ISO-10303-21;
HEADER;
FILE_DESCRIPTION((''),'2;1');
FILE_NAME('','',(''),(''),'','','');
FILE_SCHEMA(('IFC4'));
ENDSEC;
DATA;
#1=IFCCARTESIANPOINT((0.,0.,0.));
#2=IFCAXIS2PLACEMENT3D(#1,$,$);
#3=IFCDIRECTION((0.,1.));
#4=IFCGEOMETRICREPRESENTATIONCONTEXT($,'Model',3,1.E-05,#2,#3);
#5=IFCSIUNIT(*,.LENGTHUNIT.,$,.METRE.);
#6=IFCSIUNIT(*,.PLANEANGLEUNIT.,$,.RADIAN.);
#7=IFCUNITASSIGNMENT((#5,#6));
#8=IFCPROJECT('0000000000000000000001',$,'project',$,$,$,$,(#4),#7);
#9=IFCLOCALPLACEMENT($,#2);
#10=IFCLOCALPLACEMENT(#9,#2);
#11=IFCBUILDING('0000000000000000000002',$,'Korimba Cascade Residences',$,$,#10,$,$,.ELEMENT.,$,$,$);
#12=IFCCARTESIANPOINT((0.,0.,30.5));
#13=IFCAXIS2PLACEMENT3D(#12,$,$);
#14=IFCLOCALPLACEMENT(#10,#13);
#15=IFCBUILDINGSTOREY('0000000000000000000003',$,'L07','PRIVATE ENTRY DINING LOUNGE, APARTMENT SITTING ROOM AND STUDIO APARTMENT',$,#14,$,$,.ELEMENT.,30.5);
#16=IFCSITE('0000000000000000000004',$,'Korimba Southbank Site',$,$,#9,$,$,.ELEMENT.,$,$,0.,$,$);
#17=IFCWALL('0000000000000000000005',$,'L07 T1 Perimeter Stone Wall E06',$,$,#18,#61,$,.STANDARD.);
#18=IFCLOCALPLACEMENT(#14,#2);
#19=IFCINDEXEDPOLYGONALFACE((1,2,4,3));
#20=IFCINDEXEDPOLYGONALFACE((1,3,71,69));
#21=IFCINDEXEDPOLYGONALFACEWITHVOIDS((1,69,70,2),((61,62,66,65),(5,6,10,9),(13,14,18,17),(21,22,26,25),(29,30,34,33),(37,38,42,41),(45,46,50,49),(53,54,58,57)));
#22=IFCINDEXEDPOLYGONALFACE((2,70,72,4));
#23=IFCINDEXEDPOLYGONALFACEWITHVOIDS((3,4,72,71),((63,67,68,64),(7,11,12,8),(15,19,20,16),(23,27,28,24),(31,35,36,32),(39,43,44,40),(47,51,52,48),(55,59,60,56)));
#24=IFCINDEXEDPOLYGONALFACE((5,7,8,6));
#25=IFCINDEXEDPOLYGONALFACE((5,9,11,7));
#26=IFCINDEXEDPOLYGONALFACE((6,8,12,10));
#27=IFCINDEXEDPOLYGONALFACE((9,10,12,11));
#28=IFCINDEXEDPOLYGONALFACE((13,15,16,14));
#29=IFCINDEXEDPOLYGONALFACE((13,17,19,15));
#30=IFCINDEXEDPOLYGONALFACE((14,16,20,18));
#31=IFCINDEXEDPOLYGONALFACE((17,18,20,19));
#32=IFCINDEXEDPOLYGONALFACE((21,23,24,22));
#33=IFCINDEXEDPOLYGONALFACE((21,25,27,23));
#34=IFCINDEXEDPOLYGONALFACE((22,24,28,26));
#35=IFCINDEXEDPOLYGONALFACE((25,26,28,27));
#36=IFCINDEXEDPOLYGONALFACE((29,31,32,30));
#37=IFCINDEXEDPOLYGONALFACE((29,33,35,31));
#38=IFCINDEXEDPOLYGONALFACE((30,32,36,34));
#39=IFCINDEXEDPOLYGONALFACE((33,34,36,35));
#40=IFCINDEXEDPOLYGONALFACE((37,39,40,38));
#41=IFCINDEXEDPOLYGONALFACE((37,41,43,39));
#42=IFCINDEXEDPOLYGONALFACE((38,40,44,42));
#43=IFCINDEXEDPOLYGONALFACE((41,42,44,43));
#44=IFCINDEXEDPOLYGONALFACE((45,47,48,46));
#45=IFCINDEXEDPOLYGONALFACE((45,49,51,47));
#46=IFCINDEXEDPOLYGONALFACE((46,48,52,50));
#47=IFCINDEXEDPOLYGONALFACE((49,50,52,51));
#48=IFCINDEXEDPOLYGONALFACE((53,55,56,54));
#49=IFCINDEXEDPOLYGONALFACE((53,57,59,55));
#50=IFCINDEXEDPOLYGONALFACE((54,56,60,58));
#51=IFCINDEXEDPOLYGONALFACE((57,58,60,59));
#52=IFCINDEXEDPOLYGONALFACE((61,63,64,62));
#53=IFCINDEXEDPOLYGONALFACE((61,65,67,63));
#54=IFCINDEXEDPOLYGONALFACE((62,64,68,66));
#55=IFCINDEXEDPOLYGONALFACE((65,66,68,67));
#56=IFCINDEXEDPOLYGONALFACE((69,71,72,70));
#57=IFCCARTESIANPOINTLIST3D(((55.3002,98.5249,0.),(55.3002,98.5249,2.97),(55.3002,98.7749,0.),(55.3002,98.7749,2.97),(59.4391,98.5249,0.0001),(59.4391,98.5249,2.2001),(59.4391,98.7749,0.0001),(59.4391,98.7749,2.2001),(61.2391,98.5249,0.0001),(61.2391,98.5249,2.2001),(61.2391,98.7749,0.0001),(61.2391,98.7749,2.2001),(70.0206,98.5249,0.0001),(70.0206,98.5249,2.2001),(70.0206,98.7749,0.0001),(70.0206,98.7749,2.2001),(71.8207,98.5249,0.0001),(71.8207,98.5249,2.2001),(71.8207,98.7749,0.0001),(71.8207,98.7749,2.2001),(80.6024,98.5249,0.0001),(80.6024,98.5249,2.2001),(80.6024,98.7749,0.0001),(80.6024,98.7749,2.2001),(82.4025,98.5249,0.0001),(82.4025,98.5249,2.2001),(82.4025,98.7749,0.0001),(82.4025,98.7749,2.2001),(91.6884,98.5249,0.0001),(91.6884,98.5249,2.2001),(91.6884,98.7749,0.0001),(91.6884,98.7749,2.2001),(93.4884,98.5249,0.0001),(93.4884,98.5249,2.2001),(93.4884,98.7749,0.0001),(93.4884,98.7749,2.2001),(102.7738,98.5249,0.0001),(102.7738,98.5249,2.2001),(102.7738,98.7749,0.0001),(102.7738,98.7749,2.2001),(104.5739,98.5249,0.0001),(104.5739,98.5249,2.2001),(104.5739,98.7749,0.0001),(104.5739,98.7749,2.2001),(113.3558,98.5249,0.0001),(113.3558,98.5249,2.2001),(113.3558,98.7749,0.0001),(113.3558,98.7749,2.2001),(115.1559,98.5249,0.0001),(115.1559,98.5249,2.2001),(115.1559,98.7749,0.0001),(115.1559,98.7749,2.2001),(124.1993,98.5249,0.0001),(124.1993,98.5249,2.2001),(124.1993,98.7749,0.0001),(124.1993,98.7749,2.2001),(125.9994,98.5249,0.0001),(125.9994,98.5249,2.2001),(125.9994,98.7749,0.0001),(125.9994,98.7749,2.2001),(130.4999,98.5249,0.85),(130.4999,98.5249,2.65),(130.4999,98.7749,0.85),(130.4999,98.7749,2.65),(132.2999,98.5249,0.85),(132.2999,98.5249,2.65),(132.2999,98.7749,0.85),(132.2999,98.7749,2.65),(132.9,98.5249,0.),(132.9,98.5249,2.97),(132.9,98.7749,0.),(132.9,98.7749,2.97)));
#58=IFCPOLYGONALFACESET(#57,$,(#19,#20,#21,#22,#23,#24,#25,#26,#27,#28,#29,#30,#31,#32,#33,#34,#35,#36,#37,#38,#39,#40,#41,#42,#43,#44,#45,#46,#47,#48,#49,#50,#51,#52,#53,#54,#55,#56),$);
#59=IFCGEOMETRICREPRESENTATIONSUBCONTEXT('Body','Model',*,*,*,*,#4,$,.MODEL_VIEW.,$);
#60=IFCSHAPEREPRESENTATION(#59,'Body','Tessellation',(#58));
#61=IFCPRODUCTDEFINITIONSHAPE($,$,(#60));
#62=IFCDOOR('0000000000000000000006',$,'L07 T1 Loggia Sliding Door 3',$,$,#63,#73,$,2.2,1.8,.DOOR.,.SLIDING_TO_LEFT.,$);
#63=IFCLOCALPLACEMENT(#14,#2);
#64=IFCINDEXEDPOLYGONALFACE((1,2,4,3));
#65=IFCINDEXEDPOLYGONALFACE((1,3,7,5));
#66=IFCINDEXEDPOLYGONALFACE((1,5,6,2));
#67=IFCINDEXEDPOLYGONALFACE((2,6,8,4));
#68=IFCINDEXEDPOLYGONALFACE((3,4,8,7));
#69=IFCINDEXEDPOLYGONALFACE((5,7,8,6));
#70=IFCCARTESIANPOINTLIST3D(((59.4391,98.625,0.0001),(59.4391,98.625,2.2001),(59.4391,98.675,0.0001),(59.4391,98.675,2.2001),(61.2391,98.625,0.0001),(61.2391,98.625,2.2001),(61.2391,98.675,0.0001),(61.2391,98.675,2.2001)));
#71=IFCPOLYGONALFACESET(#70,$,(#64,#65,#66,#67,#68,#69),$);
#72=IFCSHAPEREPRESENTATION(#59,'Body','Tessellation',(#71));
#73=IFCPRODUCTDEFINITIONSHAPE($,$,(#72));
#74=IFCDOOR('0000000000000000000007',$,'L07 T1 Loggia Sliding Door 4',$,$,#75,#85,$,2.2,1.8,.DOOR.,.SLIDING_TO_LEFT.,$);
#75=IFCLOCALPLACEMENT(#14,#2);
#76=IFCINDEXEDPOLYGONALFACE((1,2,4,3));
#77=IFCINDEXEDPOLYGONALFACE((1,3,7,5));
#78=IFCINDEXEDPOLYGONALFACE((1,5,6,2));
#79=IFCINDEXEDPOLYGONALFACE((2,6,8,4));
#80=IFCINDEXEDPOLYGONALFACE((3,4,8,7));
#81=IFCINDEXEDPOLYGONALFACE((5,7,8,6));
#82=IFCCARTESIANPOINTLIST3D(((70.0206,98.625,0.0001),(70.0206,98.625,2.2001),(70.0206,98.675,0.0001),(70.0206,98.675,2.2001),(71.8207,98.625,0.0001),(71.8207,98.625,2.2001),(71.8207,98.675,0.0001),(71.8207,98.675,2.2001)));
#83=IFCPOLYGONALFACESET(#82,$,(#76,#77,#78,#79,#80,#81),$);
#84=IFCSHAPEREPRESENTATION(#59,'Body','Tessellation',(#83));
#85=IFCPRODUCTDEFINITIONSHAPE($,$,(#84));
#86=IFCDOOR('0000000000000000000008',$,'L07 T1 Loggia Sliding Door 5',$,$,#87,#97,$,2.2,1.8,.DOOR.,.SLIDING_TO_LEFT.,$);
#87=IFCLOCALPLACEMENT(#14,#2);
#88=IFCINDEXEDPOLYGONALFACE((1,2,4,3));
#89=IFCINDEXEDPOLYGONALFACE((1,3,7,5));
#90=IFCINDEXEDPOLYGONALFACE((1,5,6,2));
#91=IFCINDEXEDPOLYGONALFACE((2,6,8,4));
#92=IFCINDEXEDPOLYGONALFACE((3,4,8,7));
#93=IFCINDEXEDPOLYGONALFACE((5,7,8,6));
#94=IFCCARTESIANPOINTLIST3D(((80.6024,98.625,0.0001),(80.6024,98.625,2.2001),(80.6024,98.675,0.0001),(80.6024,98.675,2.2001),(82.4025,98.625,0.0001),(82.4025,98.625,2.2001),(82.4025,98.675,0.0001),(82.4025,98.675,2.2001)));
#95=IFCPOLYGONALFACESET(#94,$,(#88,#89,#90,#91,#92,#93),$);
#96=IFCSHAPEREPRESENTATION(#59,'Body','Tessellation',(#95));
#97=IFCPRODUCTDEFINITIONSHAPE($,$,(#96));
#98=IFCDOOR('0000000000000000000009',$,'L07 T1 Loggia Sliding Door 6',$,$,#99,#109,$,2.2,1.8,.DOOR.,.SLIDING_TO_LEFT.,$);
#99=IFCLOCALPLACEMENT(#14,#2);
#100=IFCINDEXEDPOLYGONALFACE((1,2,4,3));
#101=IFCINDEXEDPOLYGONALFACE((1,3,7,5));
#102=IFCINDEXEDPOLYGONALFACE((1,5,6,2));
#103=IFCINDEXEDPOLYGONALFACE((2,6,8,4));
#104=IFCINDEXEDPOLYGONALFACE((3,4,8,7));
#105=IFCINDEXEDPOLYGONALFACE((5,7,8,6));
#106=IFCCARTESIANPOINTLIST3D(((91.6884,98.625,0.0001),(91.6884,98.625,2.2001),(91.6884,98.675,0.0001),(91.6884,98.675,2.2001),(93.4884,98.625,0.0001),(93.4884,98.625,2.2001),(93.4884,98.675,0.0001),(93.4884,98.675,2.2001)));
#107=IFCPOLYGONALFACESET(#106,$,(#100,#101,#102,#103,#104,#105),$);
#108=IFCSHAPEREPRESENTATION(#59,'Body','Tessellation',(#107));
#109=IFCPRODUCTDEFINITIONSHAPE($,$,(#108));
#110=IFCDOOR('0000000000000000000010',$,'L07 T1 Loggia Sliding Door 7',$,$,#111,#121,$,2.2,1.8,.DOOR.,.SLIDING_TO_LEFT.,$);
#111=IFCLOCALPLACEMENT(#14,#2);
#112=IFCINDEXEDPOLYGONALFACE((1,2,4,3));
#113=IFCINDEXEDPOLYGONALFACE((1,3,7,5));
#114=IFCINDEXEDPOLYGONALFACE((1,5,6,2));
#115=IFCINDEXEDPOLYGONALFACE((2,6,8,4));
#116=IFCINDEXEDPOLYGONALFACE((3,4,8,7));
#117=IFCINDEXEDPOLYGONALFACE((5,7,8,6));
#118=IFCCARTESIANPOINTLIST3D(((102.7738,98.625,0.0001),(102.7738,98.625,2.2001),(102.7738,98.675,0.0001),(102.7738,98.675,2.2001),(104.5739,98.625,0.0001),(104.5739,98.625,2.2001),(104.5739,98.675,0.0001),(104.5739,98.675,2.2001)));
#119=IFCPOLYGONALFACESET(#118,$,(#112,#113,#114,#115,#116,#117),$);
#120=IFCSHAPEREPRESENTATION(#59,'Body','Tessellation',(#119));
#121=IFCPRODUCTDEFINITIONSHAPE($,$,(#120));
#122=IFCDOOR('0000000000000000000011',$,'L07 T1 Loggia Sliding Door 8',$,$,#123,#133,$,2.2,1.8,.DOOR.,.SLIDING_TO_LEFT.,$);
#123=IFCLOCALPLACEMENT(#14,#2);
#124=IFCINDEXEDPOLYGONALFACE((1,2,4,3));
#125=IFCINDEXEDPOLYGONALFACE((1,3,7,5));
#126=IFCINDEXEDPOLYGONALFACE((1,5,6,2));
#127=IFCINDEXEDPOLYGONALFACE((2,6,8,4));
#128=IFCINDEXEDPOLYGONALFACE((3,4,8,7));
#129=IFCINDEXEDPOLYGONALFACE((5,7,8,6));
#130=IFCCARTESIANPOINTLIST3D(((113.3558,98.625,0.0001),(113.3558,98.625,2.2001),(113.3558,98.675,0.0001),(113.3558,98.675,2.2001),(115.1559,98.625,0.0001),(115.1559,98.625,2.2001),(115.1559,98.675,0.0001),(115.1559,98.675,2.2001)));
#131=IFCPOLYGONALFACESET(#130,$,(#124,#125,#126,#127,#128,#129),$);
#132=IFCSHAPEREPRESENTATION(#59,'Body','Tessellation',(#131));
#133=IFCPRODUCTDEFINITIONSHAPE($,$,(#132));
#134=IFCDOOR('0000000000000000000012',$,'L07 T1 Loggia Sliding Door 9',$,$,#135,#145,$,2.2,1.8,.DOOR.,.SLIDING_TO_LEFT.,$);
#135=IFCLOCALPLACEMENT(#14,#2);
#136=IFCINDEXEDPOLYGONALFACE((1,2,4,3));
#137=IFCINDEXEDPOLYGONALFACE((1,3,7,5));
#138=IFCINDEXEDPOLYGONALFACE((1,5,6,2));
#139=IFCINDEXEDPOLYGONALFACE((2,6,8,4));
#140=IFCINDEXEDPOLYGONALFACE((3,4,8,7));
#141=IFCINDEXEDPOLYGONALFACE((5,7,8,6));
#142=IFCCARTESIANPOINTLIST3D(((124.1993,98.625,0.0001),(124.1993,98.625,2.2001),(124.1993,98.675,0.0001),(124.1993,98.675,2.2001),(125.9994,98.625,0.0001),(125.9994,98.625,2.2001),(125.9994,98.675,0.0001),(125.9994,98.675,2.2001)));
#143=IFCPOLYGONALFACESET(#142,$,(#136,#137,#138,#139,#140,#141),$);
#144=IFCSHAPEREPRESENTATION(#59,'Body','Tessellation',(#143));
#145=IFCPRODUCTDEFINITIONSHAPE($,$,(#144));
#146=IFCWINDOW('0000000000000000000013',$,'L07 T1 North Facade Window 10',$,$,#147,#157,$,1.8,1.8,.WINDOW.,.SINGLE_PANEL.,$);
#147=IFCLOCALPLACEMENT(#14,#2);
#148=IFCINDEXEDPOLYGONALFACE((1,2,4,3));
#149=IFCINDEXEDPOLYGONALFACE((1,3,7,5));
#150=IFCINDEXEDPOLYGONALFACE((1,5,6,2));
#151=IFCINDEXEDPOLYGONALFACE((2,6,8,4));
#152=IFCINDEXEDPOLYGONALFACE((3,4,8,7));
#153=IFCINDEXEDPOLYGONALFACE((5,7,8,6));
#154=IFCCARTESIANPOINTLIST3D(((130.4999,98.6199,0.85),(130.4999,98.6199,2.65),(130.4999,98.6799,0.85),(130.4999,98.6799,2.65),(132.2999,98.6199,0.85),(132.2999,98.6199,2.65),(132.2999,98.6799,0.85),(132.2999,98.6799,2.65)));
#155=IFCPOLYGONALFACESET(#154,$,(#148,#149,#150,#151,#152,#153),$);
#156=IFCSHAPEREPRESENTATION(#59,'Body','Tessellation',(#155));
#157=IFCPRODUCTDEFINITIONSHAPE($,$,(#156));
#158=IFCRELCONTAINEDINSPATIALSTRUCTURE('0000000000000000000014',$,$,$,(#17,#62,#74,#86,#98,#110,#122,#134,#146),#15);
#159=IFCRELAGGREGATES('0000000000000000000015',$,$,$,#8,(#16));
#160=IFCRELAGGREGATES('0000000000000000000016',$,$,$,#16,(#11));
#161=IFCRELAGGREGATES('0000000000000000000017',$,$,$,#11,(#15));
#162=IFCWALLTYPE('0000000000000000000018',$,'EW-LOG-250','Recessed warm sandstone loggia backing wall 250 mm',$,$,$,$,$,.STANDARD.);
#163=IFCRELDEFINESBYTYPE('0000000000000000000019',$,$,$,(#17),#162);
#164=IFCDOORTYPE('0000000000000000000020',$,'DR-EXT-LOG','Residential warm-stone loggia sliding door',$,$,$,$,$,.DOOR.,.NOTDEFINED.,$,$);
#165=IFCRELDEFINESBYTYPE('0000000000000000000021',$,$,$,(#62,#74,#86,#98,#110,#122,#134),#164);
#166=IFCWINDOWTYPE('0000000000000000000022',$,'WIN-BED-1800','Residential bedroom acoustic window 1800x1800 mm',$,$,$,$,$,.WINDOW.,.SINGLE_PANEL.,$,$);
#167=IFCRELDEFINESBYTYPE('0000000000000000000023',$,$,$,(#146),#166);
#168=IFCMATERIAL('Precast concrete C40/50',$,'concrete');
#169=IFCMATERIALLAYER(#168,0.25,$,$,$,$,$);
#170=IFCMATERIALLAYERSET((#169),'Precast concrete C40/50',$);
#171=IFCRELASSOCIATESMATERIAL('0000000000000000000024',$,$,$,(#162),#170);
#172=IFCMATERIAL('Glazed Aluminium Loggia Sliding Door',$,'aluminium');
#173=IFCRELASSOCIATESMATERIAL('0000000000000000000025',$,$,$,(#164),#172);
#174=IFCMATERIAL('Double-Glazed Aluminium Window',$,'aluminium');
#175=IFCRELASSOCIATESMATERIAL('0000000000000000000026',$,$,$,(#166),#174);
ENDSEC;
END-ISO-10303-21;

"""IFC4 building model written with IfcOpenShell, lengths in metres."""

from ifc_helpers import new_model, si_unit, direction, frame, frame_2d, origin, place, context, subcontext, project, spatial, rectangle, extrude, material, layer, layer_set, type_object, element, fill, save


model = new_model("IFC4")

# Units and contexts
model_context = context("Model", 3, precision=1e-05, world=origin(), true_north=direction((0.0, 1.0)))
body_context = subcontext(model_context, "Body", "Model", "MODEL_VIEW")
ifc_project = project(units=[si_unit("LENGTHUNIT", "METRE"), si_unit("PLANEANGLEUNIT", "RADIAN")], contexts=[model_context])

# Site, building, storey
site_placement = place(None, origin())
site = spatial("IfcSite", under=ifc_project, at=site_placement, Name="Korimba Southbank Site", CompositionType="ELEMENT", RefElevation=0.0)
building_placement = place(site_placement, origin())
building = spatial("IfcBuilding", under=site, at=building_placement, Name="Korimba Cascade Residences", CompositionType="ELEMENT")
storey_placement = place(building_placement, frame((0.0, 0.0, 30.5)))
storey = spatial("IfcBuildingStorey", under=building, at=storey_placement, Name="L07", Description="PRIVATE ENTRY DINING LOUNGE, APARTMENT SITTING ROOM AND STUDIO APARTMENT", CompositionType="ELEMENT", Elevation=30.5)

# Wall, openings, doors, window
ifc_material_1 = material(Name="Precast concrete C40/50", Category="concrete")
ifc_layer_1 = layer(ifc_material_1, 0.25)
ifc_layer_set_1 = layer_set([ifc_layer_1], Name="Precast concrete C40/50")
wall_type_1 = type_object("IfcWallType", Name="EW-LOG-250", Description="Recessed warm sandstone loggia backing wall 250 mm", PredefinedType="STANDARD", material=ifc_layer_set_1)
wall_1_placement = place(storey_placement, frame((132.8999, 98.6499, 0.0), z_axis=(0.0, 0.0, 1.0), x_axis=(-1.0, 0.0, 0.0)))
wall_1 = element("IfcWall", 1, at=wall_1_placement, inside=storey, type_object=wall_type_1, Name="L07 T1 Perimeter Stone Wall E06", PredefinedType="STANDARD", context=body_context, shape_type="SweptSolid", body=[
    extrude(rectangle(XDim=77.5999, YDim=0.25, at=frame_2d((38.7998, 0.0))), origin(), (0.0, 0.0, 1.0), 2.97),
])
opening_1_placement = place(wall_1_placement, frame((71.6609, 0.0, 0.0)))
opening_1 = element("IfcOpeningElement", 2, at=opening_1_placement, cuts=wall_1, PredefinedType="OPENING", context=body_context, shape_type="SweptSolid", body=[
    extrude(rectangle(XDim=1.8, YDim=2.2, at=frame_2d((0.8999, 1.1001))), frame((0.0, 0.135, 0.0), z_axis=(0.0, -1.0, 0.0), x_axis=(1.0, 0.0, 0.0)), (0.0, 0.0, 1.0), 0.27),
])
opening_2_placement = place(wall_1_placement, frame((61.0793, 0.0, 0.0)))
opening_2 = element("IfcOpeningElement", 3, at=opening_2_placement, cuts=wall_1, PredefinedType="OPENING", context=body_context, shape_type="SweptSolid", body=[
    extrude(rectangle(XDim=1.8, YDim=2.2, at=frame_2d((0.8999, 1.1001))), frame((0.0, 0.135, 0.0), z_axis=(0.0, -1.0, 0.0), x_axis=(1.0, 0.0, 0.0)), (0.0, 0.0, 1.0), 0.27),
])
opening_3_placement = place(wall_1_placement, frame((50.4976, 0.0, 0.0)))
opening_3 = element("IfcOpeningElement", 4, at=opening_3_placement, cuts=wall_1, PredefinedType="OPENING", context=body_context, shape_type="SweptSolid", body=[
    extrude(rectangle(XDim=1.8, YDim=2.2, at=frame_2d((0.8999, 1.1001))), frame((0.0, 0.135, 0.0), z_axis=(0.0, -1.0, 0.0), x_axis=(1.0, 0.0, 0.0)), (0.0, 0.0, 1.0), 0.27),
])
opening_4_placement = place(wall_1_placement, frame((39.4116, 0.0, 0.0)))
opening_4 = element("IfcOpeningElement", 5, at=opening_4_placement, cuts=wall_1, PredefinedType="OPENING", context=body_context, shape_type="SweptSolid", body=[
    extrude(rectangle(XDim=1.8, YDim=2.2, at=frame_2d((0.8999, 1.1001))), frame((0.0, 0.135, 0.0), z_axis=(0.0, -1.0, 0.0), x_axis=(1.0, 0.0, 0.0)), (0.0, 0.0, 1.0), 0.27),
])
opening_5_placement = place(wall_1_placement, frame((28.3262, 0.0, 0.0)))
opening_5 = element("IfcOpeningElement", 6, at=opening_5_placement, cuts=wall_1, PredefinedType="OPENING", context=body_context, shape_type="SweptSolid", body=[
    extrude(rectangle(XDim=1.8, YDim=2.2, at=frame_2d((0.8999, 1.1001))), frame((0.0, 0.135, 0.0), z_axis=(0.0, -1.0, 0.0), x_axis=(1.0, 0.0, 0.0)), (0.0, 0.0, 1.0), 0.27),
])
opening_6_placement = place(wall_1_placement, frame((17.7441, 0.0, 0.0)))
opening_6 = element("IfcOpeningElement", 7, at=opening_6_placement, cuts=wall_1, PredefinedType="OPENING", context=body_context, shape_type="SweptSolid", body=[
    extrude(rectangle(XDim=1.8, YDim=2.2, at=frame_2d((0.8999, 1.1001))), frame((0.0, 0.135, 0.0), z_axis=(0.0, -1.0, 0.0), x_axis=(1.0, 0.0, 0.0)), (0.0, 0.0, 1.0), 0.27),
])
opening_7_placement = place(wall_1_placement, frame((6.9006, 0.0, 0.0)))
opening_7 = element("IfcOpeningElement", 8, at=opening_7_placement, cuts=wall_1, PredefinedType="OPENING", context=body_context, shape_type="SweptSolid", body=[
    extrude(rectangle(XDim=1.8, YDim=2.2, at=frame_2d((0.8999, 1.1001))), frame((0.0, 0.135, 0.0), z_axis=(0.0, -1.0, 0.0), x_axis=(1.0, 0.0, 0.0)), (0.0, 0.0, 1.0), 0.27),
])
opening_8_placement = place(wall_1_placement, frame((0.6001, 0.0, 0.8501)))
opening_8 = element("IfcOpeningElement", 9, at=opening_8_placement, cuts=wall_1, PredefinedType="OPENING", context=body_context, shape_type="SweptSolid", body=[
    extrude(rectangle(XDim=1.8, YDim=1.8, at=frame_2d((0.8999, 0.8999))), frame((0.0, 0.135, 0.0), z_axis=(0.0, -1.0, 0.0), x_axis=(1.0, 0.0, 0.0)), (0.0, 0.0, 1.0), 0.27),
])
ifc_material_2 = material(Name="Glazed Aluminium Loggia Sliding Door", Category="aluminium")
door_type_1 = type_object("IfcDoorType", Name="DR-EXT-LOG", Description="Residential warm-stone loggia sliding door", OperationType="NOTDEFINED", PredefinedType="DOOR", material=ifc_material_2)
door_1_placement = place(opening_1_placement, origin())
door_1 = element("IfcDoor", 10, at=door_1_placement, inside=storey, type_object=door_type_1, Name="L07 T1 Loggia Sliding Door 3", OperationType="SLIDING_TO_LEFT", OverallHeight=2.2, OverallWidth=1.8, PredefinedType="DOOR", context=body_context, shape_type="SweptSolid", body=[
    extrude(rectangle(XDim=1.8, YDim=2.2, at=frame_2d((0.8999, 1.1001))), frame((0.0, 0.0249, 0.0), z_axis=(0.0, -1.0, 0.0), x_axis=(1.0, 0.0, 0.0)), (0.0, 0.0, 1.0), 0.05),
])
fill(opening_1, door_1)
door_2_placement = place(opening_2_placement, origin())
door_2 = element("IfcDoor", 11, at=door_2_placement, inside=storey, type_object=door_type_1, Name="L07 T1 Loggia Sliding Door 4", OperationType="SLIDING_TO_LEFT", OverallHeight=2.2, OverallWidth=1.8, PredefinedType="DOOR", context=body_context, shape_type="SweptSolid", body=[
    extrude(rectangle(XDim=1.8, YDim=2.2, at=frame_2d((0.8999, 1.1001))), frame((0.0, 0.0249, 0.0), z_axis=(0.0, -1.0, 0.0), x_axis=(1.0, 0.0, 0.0)), (0.0, 0.0, 1.0), 0.05),
])
fill(opening_2, door_2)
door_3_placement = place(opening_3_placement, origin())
door_3 = element("IfcDoor", 12, at=door_3_placement, inside=storey, type_object=door_type_1, Name="L07 T1 Loggia Sliding Door 5", OperationType="SLIDING_TO_LEFT", OverallHeight=2.2, OverallWidth=1.8, PredefinedType="DOOR", context=body_context, shape_type="SweptSolid", body=[
    extrude(rectangle(XDim=1.8, YDim=2.2, at=frame_2d((0.8999, 1.1001))), frame((0.0, 0.0249, 0.0), z_axis=(0.0, -1.0, 0.0), x_axis=(1.0, 0.0, 0.0)), (0.0, 0.0, 1.0), 0.05),
])
fill(opening_3, door_3)
door_4_placement = place(opening_4_placement, origin())
door_4 = element("IfcDoor", 13, at=door_4_placement, inside=storey, type_object=door_type_1, Name="L07 T1 Loggia Sliding Door 6", OperationType="SLIDING_TO_LEFT", OverallHeight=2.2, OverallWidth=1.8, PredefinedType="DOOR", context=body_context, shape_type="SweptSolid", body=[
    extrude(rectangle(XDim=1.8, YDim=2.2, at=frame_2d((0.8999, 1.1001))), frame((0.0, 0.0249, 0.0), z_axis=(0.0, -1.0, 0.0), x_axis=(1.0, 0.0, 0.0)), (0.0, 0.0, 1.0), 0.05),
])
fill(opening_4, door_4)
door_5_placement = place(opening_5_placement, origin())
door_5 = element("IfcDoor", 14, at=door_5_placement, inside=storey, type_object=door_type_1, Name="L07 T1 Loggia Sliding Door 7", OperationType="SLIDING_TO_LEFT", OverallHeight=2.2, OverallWidth=1.8, PredefinedType="DOOR", context=body_context, shape_type="SweptSolid", body=[
    extrude(rectangle(XDim=1.8, YDim=2.2, at=frame_2d((0.8999, 1.1001))), frame((0.0, 0.0249, 0.0), z_axis=(0.0, -1.0, 0.0), x_axis=(1.0, 0.0, 0.0)), (0.0, 0.0, 1.0), 0.05),
])
fill(opening_5, door_5)
door_6_placement = place(opening_6_placement, origin())
door_6 = element("IfcDoor", 15, at=door_6_placement, inside=storey, type_object=door_type_1, Name="L07 T1 Loggia Sliding Door 8", OperationType="SLIDING_TO_LEFT", OverallHeight=2.2, OverallWidth=1.8, PredefinedType="DOOR", context=body_context, shape_type="SweptSolid", body=[
    extrude(rectangle(XDim=1.8, YDim=2.2, at=frame_2d((0.8999, 1.1001))), frame((0.0, 0.0249, 0.0), z_axis=(0.0, -1.0, 0.0), x_axis=(1.0, 0.0, 0.0)), (0.0, 0.0, 1.0), 0.05),
])
fill(opening_6, door_6)
door_7_placement = place(opening_7_placement, origin())
door_7 = element("IfcDoor", 16, at=door_7_placement, inside=storey, type_object=door_type_1, Name="L07 T1 Loggia Sliding Door 9", OperationType="SLIDING_TO_LEFT", OverallHeight=2.2, OverallWidth=1.8, PredefinedType="DOOR", context=body_context, shape_type="SweptSolid", body=[
    extrude(rectangle(XDim=1.8, YDim=2.2, at=frame_2d((0.8999, 1.1001))), frame((0.0, 0.0249, 0.0), z_axis=(0.0, -1.0, 0.0), x_axis=(1.0, 0.0, 0.0)), (0.0, 0.0, 1.0), 0.05),
])
fill(opening_7, door_7)
ifc_material_3 = material(Name="Double-Glazed Aluminium Window", Category="aluminium")
window_type = type_object("IfcWindowType", Name="WIN-BED-1800", Description="Residential bedroom acoustic window 1800x1800 mm", PartitioningType="SINGLE_PANEL", PredefinedType="WINDOW", material=ifc_material_3)
window_placement = place(opening_8_placement, origin())
window = element("IfcWindow", 17, at=window_placement, inside=storey, type_object=window_type, Name="L07 T1 North Facade Window 10", OverallHeight=1.8, OverallWidth=1.8, PartitioningType="SINGLE_PANEL", PredefinedType="WINDOW", context=body_context, shape_type="SweptSolid", body=[
    extrude(rectangle(XDim=1.8, YDim=1.8, at=frame_2d((0.8999, 0.8999))), frame((0.0, 0.03, 0.0), z_axis=(0.0, -1.0, 0.0), x_axis=(1.0, 0.0, 0.0)), (0.0, 0.0, 1.0), 0.0601),
])
fill(opening_8, window)

save(model, "model.ifc")
